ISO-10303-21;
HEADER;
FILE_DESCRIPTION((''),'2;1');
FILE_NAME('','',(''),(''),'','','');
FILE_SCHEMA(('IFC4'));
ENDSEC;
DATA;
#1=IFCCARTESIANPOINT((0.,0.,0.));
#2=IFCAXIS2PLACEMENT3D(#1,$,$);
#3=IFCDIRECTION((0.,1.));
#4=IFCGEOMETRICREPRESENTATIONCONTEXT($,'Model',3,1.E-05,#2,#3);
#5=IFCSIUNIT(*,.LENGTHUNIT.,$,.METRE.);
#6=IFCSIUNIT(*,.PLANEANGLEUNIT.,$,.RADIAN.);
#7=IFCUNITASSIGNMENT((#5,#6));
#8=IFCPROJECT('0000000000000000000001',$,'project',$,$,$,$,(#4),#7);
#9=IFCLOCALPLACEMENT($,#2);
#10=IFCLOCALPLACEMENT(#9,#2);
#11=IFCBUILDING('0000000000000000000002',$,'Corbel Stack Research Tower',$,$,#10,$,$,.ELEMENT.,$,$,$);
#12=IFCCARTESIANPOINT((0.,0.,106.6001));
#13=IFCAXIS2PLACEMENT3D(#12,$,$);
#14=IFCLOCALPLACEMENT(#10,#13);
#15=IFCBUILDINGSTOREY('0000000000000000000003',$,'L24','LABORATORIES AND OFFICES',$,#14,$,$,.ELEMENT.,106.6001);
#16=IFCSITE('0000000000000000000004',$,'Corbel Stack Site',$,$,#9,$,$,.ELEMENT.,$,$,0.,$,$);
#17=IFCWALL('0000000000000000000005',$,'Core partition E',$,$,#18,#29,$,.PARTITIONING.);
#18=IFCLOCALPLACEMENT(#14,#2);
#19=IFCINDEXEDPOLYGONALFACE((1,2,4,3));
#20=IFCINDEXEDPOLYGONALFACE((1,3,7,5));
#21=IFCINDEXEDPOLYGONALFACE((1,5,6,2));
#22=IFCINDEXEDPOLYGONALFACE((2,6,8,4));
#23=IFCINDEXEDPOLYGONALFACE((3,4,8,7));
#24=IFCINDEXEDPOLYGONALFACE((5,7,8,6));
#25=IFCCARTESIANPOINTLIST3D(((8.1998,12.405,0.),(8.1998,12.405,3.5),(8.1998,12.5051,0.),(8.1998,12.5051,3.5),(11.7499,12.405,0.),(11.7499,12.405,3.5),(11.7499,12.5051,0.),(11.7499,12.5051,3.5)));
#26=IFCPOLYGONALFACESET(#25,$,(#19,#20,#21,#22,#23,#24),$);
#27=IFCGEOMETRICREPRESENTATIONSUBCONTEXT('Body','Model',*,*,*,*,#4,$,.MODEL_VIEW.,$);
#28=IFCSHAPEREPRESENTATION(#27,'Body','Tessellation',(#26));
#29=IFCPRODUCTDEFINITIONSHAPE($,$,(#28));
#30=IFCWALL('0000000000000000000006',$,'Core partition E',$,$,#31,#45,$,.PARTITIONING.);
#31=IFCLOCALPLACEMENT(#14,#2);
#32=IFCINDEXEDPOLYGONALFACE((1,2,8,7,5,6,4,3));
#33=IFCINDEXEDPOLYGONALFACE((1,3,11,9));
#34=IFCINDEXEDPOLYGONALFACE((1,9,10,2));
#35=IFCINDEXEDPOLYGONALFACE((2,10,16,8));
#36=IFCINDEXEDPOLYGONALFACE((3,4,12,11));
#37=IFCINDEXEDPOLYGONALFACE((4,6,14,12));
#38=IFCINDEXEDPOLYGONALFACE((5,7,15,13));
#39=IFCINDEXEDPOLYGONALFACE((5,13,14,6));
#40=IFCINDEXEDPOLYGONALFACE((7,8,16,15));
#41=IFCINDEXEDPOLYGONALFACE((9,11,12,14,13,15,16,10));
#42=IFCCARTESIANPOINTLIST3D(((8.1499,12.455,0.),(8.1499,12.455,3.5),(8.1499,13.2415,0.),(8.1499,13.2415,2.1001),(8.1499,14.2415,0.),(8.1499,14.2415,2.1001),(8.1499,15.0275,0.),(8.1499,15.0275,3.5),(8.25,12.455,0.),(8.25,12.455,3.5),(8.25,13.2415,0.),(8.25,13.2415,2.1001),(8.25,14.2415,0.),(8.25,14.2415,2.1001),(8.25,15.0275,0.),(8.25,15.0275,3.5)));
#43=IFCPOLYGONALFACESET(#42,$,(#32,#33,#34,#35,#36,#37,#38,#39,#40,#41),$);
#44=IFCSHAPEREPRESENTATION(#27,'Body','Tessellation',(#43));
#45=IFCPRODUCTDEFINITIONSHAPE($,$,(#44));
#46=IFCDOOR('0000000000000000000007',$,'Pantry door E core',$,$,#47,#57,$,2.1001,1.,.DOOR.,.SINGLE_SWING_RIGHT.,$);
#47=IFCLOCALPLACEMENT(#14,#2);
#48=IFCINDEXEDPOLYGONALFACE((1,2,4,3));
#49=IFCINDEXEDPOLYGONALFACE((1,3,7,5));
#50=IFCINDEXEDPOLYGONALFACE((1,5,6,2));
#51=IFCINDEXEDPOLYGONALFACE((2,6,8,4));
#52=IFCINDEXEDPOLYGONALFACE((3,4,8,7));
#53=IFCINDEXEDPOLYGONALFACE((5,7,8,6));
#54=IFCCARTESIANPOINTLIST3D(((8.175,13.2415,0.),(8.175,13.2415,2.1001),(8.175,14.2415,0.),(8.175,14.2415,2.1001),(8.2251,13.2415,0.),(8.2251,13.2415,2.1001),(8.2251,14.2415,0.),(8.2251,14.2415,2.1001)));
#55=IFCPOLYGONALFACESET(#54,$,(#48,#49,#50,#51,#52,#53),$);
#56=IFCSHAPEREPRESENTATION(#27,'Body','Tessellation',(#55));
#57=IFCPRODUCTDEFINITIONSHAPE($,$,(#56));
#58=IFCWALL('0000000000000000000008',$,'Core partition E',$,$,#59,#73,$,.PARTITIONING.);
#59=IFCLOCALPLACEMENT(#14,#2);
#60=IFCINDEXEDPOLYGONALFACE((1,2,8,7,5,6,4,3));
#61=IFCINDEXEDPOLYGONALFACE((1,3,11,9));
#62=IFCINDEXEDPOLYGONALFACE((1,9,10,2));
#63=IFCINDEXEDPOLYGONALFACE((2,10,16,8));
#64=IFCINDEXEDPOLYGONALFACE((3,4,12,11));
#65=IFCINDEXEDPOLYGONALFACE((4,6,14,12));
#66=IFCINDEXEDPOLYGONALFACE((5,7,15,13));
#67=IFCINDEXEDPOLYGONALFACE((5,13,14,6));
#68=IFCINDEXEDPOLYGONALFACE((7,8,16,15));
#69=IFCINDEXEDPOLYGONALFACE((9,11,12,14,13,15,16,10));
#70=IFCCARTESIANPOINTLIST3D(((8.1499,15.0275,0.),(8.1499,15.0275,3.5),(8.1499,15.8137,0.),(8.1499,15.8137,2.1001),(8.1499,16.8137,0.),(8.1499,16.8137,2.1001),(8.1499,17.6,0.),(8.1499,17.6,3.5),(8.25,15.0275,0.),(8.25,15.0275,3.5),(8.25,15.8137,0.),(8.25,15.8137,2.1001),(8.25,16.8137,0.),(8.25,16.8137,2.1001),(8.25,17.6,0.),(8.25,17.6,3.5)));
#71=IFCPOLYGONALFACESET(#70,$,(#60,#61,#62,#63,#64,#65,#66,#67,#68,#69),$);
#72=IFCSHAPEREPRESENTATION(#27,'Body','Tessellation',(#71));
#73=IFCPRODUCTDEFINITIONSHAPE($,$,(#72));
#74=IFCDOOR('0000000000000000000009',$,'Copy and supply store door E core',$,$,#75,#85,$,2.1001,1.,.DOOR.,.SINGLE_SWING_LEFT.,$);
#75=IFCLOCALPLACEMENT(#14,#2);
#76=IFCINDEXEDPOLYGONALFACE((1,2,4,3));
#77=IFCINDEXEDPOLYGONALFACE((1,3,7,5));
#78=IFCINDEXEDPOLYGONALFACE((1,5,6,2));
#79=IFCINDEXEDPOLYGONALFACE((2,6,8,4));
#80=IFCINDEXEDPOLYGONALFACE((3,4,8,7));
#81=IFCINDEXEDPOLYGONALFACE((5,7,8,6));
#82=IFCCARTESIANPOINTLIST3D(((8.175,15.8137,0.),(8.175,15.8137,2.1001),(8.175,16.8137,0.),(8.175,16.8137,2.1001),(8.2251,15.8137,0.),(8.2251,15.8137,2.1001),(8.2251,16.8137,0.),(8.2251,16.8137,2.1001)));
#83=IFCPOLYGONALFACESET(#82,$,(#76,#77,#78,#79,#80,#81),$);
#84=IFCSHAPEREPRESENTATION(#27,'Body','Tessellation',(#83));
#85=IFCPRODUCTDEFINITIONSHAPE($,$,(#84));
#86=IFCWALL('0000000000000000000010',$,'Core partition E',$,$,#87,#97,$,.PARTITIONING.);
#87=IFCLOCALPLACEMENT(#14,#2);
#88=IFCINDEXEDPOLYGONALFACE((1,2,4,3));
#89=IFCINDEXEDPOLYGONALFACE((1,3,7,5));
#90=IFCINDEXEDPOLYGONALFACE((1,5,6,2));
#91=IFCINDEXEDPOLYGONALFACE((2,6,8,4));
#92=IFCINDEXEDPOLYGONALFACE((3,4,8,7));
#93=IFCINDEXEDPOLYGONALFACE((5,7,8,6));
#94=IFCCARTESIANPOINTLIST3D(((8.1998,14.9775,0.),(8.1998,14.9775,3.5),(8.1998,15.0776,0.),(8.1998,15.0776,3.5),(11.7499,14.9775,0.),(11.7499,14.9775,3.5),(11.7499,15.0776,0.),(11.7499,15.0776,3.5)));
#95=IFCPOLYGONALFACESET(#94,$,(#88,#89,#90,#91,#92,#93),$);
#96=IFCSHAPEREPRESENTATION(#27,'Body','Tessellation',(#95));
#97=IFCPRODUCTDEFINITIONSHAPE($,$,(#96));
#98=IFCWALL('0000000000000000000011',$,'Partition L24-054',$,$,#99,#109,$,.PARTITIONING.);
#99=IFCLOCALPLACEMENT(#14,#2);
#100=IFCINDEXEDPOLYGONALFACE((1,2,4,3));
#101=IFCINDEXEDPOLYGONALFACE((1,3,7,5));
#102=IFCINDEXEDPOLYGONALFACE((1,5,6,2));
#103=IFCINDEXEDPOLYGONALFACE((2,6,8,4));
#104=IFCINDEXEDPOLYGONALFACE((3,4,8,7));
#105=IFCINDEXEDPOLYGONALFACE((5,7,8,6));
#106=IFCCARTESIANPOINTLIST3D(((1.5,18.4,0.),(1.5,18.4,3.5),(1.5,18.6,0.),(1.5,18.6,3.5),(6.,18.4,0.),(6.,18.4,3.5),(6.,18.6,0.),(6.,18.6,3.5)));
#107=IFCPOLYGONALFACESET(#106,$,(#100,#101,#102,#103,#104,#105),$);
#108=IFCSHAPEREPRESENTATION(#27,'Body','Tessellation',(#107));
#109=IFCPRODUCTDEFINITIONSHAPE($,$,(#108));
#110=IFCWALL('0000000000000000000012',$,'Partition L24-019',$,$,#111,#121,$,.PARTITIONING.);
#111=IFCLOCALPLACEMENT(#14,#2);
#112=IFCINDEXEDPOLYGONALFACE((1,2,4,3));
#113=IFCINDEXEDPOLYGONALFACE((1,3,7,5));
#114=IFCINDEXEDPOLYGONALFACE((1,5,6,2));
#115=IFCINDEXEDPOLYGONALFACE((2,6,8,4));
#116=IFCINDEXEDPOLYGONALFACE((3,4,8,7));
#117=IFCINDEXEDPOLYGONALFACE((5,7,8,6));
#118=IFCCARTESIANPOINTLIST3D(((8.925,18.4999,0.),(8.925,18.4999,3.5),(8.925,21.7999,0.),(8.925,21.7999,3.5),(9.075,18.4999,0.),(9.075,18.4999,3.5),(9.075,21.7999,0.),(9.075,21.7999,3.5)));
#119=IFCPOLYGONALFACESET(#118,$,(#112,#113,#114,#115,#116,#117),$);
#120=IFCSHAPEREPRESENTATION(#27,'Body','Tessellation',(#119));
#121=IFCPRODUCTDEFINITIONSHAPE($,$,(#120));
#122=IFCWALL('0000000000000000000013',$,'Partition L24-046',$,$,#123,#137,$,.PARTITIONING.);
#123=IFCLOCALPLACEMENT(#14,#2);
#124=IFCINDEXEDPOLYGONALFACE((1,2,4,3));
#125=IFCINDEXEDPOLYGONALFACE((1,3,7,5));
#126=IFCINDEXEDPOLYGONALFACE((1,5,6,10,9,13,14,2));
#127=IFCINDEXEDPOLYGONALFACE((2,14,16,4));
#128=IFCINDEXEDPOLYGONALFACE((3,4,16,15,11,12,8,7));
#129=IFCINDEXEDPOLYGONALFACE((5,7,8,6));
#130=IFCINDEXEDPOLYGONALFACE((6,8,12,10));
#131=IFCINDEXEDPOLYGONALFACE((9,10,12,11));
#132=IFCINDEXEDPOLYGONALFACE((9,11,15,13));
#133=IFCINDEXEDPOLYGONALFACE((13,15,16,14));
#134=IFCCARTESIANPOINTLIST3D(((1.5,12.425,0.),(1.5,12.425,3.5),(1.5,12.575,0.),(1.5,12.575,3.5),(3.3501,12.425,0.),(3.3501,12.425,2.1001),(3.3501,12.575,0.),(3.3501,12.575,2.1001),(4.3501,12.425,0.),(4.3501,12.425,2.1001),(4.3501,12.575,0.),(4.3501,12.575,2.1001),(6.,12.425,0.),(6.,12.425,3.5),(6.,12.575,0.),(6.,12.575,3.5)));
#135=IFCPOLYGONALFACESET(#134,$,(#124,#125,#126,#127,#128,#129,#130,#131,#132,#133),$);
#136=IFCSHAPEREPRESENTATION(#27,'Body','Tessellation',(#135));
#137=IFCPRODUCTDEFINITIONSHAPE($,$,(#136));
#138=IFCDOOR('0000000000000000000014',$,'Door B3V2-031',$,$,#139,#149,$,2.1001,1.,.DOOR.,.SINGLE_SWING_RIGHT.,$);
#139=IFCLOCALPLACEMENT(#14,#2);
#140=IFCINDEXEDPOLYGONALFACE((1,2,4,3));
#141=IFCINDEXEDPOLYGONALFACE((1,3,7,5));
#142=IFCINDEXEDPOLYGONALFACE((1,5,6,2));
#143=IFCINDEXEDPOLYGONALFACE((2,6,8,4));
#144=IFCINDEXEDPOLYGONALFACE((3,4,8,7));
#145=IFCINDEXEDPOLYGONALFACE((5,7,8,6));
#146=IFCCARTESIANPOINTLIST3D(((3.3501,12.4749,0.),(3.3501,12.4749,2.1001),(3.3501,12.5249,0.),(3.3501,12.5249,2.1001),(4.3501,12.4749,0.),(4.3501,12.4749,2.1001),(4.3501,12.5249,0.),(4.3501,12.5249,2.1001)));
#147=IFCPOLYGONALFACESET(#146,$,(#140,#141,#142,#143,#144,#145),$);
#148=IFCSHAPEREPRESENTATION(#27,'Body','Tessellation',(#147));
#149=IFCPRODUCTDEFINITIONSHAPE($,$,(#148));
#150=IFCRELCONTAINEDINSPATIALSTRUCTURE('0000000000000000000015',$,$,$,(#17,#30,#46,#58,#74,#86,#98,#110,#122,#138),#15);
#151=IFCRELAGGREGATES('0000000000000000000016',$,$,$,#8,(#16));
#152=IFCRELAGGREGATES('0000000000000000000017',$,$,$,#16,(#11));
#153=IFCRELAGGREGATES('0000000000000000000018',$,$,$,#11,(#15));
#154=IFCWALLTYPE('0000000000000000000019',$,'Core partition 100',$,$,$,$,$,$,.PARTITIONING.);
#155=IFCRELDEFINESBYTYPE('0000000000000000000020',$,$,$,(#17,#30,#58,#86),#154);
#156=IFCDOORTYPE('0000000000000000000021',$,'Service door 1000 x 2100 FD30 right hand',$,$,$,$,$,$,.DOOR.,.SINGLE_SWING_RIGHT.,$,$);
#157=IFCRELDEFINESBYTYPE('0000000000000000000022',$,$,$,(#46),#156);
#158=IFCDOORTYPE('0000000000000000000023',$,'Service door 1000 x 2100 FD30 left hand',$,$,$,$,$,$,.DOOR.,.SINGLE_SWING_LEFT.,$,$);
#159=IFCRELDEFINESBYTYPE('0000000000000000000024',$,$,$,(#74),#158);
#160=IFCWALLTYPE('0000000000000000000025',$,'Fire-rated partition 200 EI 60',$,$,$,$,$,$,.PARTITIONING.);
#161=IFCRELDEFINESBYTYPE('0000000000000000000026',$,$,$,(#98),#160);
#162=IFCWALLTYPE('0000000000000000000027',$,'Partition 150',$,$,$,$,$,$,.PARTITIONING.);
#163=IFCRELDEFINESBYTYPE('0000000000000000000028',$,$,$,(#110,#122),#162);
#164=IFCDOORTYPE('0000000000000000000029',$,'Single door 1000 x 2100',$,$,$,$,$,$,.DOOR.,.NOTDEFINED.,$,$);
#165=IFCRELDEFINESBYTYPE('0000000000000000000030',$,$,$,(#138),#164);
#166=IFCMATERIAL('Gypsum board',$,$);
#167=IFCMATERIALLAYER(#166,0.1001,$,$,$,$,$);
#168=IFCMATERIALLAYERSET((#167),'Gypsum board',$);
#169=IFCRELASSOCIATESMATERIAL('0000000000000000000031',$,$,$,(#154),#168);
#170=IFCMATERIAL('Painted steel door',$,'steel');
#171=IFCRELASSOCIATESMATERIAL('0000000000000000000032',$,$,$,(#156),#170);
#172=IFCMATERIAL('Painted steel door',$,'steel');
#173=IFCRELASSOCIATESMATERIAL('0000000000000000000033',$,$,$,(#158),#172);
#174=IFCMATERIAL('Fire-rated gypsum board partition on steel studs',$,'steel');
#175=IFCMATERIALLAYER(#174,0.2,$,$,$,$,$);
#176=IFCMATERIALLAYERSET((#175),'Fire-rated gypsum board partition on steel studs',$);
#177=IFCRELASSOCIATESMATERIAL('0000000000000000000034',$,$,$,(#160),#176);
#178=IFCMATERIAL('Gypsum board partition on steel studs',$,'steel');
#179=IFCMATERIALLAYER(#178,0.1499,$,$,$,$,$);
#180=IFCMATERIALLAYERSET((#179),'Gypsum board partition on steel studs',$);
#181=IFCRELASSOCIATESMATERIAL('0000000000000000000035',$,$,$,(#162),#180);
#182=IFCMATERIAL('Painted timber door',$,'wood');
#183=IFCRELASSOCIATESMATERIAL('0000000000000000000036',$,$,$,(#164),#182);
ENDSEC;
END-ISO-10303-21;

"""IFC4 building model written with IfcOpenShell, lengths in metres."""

from ifc_helpers import new_model, si_unit, direction, frame, frame_2d, origin, place, context, subcontext, project, spatial, rectangle, extrude, material, layer, layer_set, type_object, element, fill, save


model = new_model("IFC4")

# Units and contexts
model_context = context("Model", 3, precision=1e-05, world=origin(), true_north=direction((0.0, 1.0)))
body_context = subcontext(model_context, "Body", "Model", "MODEL_VIEW")
ifc_project = project(units=[si_unit("LENGTHUNIT", "METRE"), si_unit("PLANEANGLEUNIT", "RADIAN")], contexts=[model_context])

# Site, building, storey
site_placement = place(None, origin())
site = spatial("IfcSite", under=ifc_project, at=site_placement, Name="Corbel Stack Site", CompositionType="ELEMENT", RefElevation=0.0)
building_placement = place(site_placement, origin())
building = spatial("IfcBuilding", under=site, at=building_placement, Name="Corbel Stack Research Tower", CompositionType="ELEMENT")
storey_placement = place(building_placement, frame((0.0, 0.0, 106.6001)))
storey = spatial("IfcBuildingStorey", under=building, at=storey_placement, Name="L24", Description="LABORATORIES AND OFFICES", CompositionType="ELEMENT", Elevation=106.6001)

# Shared definitions
ifc_material_1 = material(Name="Gypsum board")
ifc_layer_1 = layer(ifc_material_1, 0.1001)
ifc_layer_set_1 = layer_set([ifc_layer_1], Name="Gypsum board")
wall_type_1 = type_object("IfcWallType", Name="Core partition 100", PredefinedType="PARTITIONING", material=ifc_layer_set_1)

# Wall
wall_1_placement = place(storey_placement, frame((8.2, 12.4551, 0.0), z_axis=(0.0, 0.0, 1.0), x_axis=(1.0, 0.0, 0.0)))
element("IfcWall", 1, at=wall_1_placement, inside=storey, type_object=wall_type_1, Name="Core partition E", PredefinedType="PARTITIONING", context=body_context, shape_type="SweptSolid", body=[
    extrude(rectangle(XDim=3.55, YDim=0.1001, at=frame_2d((1.7749, 0.0))), origin(), (0.0, 0.0, 1.0), 3.5),
])

# Walls, openings, doors
wall_2_placement = place(storey_placement, frame((8.2, 12.4551, 0.0), z_axis=(0.0, 0.0, 1.0), x_axis=(0.0, 1.0, 0.0)))
wall_2 = element("IfcWall", 2, at=wall_2_placement, inside=storey, type_object=wall_type_1, Name="Core partition E", PredefinedType="PARTITIONING", context=body_context, shape_type="SweptSolid", body=[
    extrude(rectangle(XDim=2.5725, YDim=0.1001, at=frame_2d((1.2861, 0.0))), origin(), (0.0, 0.0, 1.0), 3.5),
])
opening_1_placement = place(wall_2_placement, frame((0.7864, 0.0, 0.0)))
opening_1 = element("IfcOpeningElement", 3, at=opening_1_placement, cuts=wall_2, PredefinedType="OPENING", context=body_context, shape_type="SweptSolid", body=[
    extrude(rectangle(XDim=1.0, YDim=2.1001, at=frame_2d((0.5, 1.05))), frame((0.0, 0.0601, 0.0), z_axis=(0.0, -1.0, 0.0), x_axis=(1.0, 0.0, 0.0)), (0.0, 0.0, 1.0), 0.1201),
])
ifc_material_2 = material(Name="Painted steel door", Category="steel")
door_type_1 = type_object("IfcDoorType", Name="Service door 1000 x 2100 FD30 right hand", OperationType="SINGLE_SWING_RIGHT", PredefinedType="DOOR", material=ifc_material_2)
door_1_placement = place(opening_1_placement, origin())
door_1 = element("IfcDoor", 4, at=door_1_placement, inside=storey, type_object=door_type_1, Name="Pantry door E core", OperationType="SINGLE_SWING_RIGHT", OverallHeight=2.1001, OverallWidth=1.0, PredefinedType="DOOR", context=body_context, shape_type="SweptSolid", body=[
    extrude(rectangle(XDim=1.0, YDim=2.1001, at=frame_2d((0.5, 1.05))), frame((0.0, 0.0249, 0.0), z_axis=(0.0, -1.0, 0.0), x_axis=(1.0, 0.0, 0.0)), (0.0, 0.0, 1.0), 0.05),
])
fill(opening_1, door_1)
wall_3_placement = place(storey_placement, frame((8.2, 15.0276, 0.0), z_axis=(0.0, 0.0, 1.0), x_axis=(0.0, 1.0, 0.0)))
wall_3 = element("IfcWall", 5, at=wall_3_placement, inside=storey, type_object=wall_type_1, Name="Core partition E", PredefinedType="PARTITIONING", context=body_context, shape_type="SweptSolid", body=[
    extrude(rectangle(XDim=2.5725, YDim=0.1001, at=frame_2d((1.2861, 0.0))), origin(), (0.0, 0.0, 1.0), 3.5),
])
opening_2_placement = place(wall_3_placement, frame((0.7861, 0.0, 0.0)))
opening_2 = element("IfcOpeningElement", 6, at=opening_2_placement, cuts=wall_3, PredefinedType="OPENING", context=body_context, shape_type="SweptSolid", body=[
    extrude(rectangle(XDim=1.0, YDim=2.1001, at=frame_2d((0.5, 1.05))), frame((0.0, 0.0601, 0.0), z_axis=(0.0, -1.0, 0.0), x_axis=(1.0, 0.0, 0.0)), (0.0, 0.0, 1.0), 0.1201),
])
ifc_material_3 = material(Name="Painted steel door", Category="steel")
door_type_2 = type_object("IfcDoorType", Name="Service door 1000 x 2100 FD30 left hand", OperationType="SINGLE_SWING_LEFT", PredefinedType="DOOR", material=ifc_material_3)
door_2_placement = place(opening_2_placement, origin())
door_2 = element("IfcDoor", 7, at=door_2_placement, inside=storey, type_object=door_type_2, Name="Copy and supply store door E core", OperationType="SINGLE_SWING_LEFT", OverallHeight=2.1001, OverallWidth=1.0, PredefinedType="DOOR", context=body_context, shape_type="SweptSolid", body=[
    extrude(rectangle(XDim=1.0, YDim=2.1001, at=frame_2d((0.5, 1.05))), frame((0.0, 0.0249, 0.0), z_axis=(0.0, -1.0, 0.0), x_axis=(1.0, 0.0, 0.0)), (0.0, 0.0, 1.0), 0.05),
])
fill(opening_2, door_2)

# Walls
wall_4_placement = place(storey_placement, frame((8.2, 15.0276, 0.0), z_axis=(0.0, 0.0, 1.0), x_axis=(1.0, 0.0, 0.0)))
element("IfcWall", 8, at=wall_4_placement, inside=storey, type_object=wall_type_1, Name="Core partition E", PredefinedType="PARTITIONING", context=body_context, shape_type="SweptSolid", body=[
    extrude(rectangle(XDim=3.55, YDim=0.1001, at=frame_2d((1.7749, 0.0))), origin(), (0.0, 0.0, 1.0), 3.5),
])
ifc_material_4 = material(Name="Fire-rated gypsum board partition on steel studs", Category="steel")
ifc_layer_2 = layer(ifc_material_4, 0.2)
ifc_layer_set_2 = layer_set([ifc_layer_2], Name="Fire-rated gypsum board partition on steel studs")
wall_type_2 = type_object("IfcWallType", Name="Fire-rated partition 200 EI 60", PredefinedType="PARTITIONING", material=ifc_layer_set_2)
wall_5_placement = place(storey_placement, frame((1.5, 18.5, 0.0), z_axis=(0.0, 0.0, 1.0), x_axis=(1.0, 0.0, 0.0)))
element("IfcWall", 9, at=wall_5_placement, inside=storey, type_object=wall_type_2, Name="Partition L24-054", PredefinedType="PARTITIONING", context=body_context, shape_type="SweptSolid", body=[
    extrude(rectangle(XDim=4.5, YDim=0.2, at=frame_2d((2.25, 0.0))), origin(), (0.0, 0.0, 1.0), 3.5),
])
ifc_material_5 = material(Name="Gypsum board partition on steel studs", Category="steel")
ifc_layer_3 = layer(ifc_material_5, 0.1499)
ifc_layer_set_3 = layer_set([ifc_layer_3], Name="Gypsum board partition on steel studs")
wall_type_3 = type_object("IfcWallType", Name="Partition 150", PredefinedType="PARTITIONING", material=ifc_layer_set_3)
wall_6_placement = place(storey_placement, frame((9.0, 18.5, 0.0), z_axis=(0.0, 0.0, 1.0), x_axis=(0.0, 1.0, 0.0)))
element("IfcWall", 10, at=wall_6_placement, inside=storey, type_object=wall_type_3, Name="Partition L24-019", PredefinedType="PARTITIONING", context=body_context, shape_type="SweptSolid", body=[
    extrude(rectangle(XDim=3.3, YDim=0.1499, at=frame_2d((1.6499, 0.0))), origin(), (0.0, 0.0, 1.0), 3.5),
])

# Wall, opening, door
wall_7_placement = place(storey_placement, frame((1.5, 12.5, 0.0), z_axis=(0.0, 0.0, 1.0), x_axis=(1.0, 0.0, 0.0)))
wall_7 = element("IfcWall", 11, at=wall_7_placement, inside=storey, type_object=wall_type_3, Name="Partition L24-046", PredefinedType="PARTITIONING", context=body_context, shape_type="SweptSolid", body=[
    extrude(rectangle(XDim=4.5, YDim=0.1499, at=frame_2d((2.25, 0.0))), origin(), (0.0, 0.0, 1.0), 3.5),
])
opening_3_placement = place(wall_7_placement, frame((1.8501, 0.0, 0.0)))
opening_3 = element("IfcOpeningElement", 12, at=opening_3_placement, cuts=wall_7, PredefinedType="OPENING", context=body_context, shape_type="SweptSolid", body=[
    extrude(rectangle(XDim=1.0, YDim=2.1001, at=frame_2d((0.5, 1.05))), frame((0.0, 0.085, 0.0), z_axis=(0.0, -1.0, 0.0), x_axis=(1.0, 0.0, 0.0)), (0.0, 0.0, 1.0), 0.1699),
])
ifc_material_6 = material(Name="Painted timber door", Category="wood")
door_type_3 = type_object("IfcDoorType", Name="Single door 1000 x 2100", OperationType="NOTDEFINED", PredefinedType="DOOR", material=ifc_material_6)
door_3_placement = place(opening_3_placement, origin())
door_3 = element("IfcDoor", 13, at=door_3_placement, inside=storey, type_object=door_type_3, Name="Door B3V2-031", OperationType="SINGLE_SWING_RIGHT", OverallHeight=2.1001, OverallWidth=1.0, PredefinedType="DOOR", context=body_context, shape_type="SweptSolid", body=[
    extrude(rectangle(XDim=1.0, YDim=2.1001, at=frame_2d((0.5, 1.05))), frame((0.0, 0.0249, 0.0), z_axis=(0.0, -1.0, 0.0), x_axis=(1.0, 0.0, 0.0)), (0.0, 0.0, 1.0), 0.05),
])
fill(opening_3, door_3)

save(model, "model.ifc")
